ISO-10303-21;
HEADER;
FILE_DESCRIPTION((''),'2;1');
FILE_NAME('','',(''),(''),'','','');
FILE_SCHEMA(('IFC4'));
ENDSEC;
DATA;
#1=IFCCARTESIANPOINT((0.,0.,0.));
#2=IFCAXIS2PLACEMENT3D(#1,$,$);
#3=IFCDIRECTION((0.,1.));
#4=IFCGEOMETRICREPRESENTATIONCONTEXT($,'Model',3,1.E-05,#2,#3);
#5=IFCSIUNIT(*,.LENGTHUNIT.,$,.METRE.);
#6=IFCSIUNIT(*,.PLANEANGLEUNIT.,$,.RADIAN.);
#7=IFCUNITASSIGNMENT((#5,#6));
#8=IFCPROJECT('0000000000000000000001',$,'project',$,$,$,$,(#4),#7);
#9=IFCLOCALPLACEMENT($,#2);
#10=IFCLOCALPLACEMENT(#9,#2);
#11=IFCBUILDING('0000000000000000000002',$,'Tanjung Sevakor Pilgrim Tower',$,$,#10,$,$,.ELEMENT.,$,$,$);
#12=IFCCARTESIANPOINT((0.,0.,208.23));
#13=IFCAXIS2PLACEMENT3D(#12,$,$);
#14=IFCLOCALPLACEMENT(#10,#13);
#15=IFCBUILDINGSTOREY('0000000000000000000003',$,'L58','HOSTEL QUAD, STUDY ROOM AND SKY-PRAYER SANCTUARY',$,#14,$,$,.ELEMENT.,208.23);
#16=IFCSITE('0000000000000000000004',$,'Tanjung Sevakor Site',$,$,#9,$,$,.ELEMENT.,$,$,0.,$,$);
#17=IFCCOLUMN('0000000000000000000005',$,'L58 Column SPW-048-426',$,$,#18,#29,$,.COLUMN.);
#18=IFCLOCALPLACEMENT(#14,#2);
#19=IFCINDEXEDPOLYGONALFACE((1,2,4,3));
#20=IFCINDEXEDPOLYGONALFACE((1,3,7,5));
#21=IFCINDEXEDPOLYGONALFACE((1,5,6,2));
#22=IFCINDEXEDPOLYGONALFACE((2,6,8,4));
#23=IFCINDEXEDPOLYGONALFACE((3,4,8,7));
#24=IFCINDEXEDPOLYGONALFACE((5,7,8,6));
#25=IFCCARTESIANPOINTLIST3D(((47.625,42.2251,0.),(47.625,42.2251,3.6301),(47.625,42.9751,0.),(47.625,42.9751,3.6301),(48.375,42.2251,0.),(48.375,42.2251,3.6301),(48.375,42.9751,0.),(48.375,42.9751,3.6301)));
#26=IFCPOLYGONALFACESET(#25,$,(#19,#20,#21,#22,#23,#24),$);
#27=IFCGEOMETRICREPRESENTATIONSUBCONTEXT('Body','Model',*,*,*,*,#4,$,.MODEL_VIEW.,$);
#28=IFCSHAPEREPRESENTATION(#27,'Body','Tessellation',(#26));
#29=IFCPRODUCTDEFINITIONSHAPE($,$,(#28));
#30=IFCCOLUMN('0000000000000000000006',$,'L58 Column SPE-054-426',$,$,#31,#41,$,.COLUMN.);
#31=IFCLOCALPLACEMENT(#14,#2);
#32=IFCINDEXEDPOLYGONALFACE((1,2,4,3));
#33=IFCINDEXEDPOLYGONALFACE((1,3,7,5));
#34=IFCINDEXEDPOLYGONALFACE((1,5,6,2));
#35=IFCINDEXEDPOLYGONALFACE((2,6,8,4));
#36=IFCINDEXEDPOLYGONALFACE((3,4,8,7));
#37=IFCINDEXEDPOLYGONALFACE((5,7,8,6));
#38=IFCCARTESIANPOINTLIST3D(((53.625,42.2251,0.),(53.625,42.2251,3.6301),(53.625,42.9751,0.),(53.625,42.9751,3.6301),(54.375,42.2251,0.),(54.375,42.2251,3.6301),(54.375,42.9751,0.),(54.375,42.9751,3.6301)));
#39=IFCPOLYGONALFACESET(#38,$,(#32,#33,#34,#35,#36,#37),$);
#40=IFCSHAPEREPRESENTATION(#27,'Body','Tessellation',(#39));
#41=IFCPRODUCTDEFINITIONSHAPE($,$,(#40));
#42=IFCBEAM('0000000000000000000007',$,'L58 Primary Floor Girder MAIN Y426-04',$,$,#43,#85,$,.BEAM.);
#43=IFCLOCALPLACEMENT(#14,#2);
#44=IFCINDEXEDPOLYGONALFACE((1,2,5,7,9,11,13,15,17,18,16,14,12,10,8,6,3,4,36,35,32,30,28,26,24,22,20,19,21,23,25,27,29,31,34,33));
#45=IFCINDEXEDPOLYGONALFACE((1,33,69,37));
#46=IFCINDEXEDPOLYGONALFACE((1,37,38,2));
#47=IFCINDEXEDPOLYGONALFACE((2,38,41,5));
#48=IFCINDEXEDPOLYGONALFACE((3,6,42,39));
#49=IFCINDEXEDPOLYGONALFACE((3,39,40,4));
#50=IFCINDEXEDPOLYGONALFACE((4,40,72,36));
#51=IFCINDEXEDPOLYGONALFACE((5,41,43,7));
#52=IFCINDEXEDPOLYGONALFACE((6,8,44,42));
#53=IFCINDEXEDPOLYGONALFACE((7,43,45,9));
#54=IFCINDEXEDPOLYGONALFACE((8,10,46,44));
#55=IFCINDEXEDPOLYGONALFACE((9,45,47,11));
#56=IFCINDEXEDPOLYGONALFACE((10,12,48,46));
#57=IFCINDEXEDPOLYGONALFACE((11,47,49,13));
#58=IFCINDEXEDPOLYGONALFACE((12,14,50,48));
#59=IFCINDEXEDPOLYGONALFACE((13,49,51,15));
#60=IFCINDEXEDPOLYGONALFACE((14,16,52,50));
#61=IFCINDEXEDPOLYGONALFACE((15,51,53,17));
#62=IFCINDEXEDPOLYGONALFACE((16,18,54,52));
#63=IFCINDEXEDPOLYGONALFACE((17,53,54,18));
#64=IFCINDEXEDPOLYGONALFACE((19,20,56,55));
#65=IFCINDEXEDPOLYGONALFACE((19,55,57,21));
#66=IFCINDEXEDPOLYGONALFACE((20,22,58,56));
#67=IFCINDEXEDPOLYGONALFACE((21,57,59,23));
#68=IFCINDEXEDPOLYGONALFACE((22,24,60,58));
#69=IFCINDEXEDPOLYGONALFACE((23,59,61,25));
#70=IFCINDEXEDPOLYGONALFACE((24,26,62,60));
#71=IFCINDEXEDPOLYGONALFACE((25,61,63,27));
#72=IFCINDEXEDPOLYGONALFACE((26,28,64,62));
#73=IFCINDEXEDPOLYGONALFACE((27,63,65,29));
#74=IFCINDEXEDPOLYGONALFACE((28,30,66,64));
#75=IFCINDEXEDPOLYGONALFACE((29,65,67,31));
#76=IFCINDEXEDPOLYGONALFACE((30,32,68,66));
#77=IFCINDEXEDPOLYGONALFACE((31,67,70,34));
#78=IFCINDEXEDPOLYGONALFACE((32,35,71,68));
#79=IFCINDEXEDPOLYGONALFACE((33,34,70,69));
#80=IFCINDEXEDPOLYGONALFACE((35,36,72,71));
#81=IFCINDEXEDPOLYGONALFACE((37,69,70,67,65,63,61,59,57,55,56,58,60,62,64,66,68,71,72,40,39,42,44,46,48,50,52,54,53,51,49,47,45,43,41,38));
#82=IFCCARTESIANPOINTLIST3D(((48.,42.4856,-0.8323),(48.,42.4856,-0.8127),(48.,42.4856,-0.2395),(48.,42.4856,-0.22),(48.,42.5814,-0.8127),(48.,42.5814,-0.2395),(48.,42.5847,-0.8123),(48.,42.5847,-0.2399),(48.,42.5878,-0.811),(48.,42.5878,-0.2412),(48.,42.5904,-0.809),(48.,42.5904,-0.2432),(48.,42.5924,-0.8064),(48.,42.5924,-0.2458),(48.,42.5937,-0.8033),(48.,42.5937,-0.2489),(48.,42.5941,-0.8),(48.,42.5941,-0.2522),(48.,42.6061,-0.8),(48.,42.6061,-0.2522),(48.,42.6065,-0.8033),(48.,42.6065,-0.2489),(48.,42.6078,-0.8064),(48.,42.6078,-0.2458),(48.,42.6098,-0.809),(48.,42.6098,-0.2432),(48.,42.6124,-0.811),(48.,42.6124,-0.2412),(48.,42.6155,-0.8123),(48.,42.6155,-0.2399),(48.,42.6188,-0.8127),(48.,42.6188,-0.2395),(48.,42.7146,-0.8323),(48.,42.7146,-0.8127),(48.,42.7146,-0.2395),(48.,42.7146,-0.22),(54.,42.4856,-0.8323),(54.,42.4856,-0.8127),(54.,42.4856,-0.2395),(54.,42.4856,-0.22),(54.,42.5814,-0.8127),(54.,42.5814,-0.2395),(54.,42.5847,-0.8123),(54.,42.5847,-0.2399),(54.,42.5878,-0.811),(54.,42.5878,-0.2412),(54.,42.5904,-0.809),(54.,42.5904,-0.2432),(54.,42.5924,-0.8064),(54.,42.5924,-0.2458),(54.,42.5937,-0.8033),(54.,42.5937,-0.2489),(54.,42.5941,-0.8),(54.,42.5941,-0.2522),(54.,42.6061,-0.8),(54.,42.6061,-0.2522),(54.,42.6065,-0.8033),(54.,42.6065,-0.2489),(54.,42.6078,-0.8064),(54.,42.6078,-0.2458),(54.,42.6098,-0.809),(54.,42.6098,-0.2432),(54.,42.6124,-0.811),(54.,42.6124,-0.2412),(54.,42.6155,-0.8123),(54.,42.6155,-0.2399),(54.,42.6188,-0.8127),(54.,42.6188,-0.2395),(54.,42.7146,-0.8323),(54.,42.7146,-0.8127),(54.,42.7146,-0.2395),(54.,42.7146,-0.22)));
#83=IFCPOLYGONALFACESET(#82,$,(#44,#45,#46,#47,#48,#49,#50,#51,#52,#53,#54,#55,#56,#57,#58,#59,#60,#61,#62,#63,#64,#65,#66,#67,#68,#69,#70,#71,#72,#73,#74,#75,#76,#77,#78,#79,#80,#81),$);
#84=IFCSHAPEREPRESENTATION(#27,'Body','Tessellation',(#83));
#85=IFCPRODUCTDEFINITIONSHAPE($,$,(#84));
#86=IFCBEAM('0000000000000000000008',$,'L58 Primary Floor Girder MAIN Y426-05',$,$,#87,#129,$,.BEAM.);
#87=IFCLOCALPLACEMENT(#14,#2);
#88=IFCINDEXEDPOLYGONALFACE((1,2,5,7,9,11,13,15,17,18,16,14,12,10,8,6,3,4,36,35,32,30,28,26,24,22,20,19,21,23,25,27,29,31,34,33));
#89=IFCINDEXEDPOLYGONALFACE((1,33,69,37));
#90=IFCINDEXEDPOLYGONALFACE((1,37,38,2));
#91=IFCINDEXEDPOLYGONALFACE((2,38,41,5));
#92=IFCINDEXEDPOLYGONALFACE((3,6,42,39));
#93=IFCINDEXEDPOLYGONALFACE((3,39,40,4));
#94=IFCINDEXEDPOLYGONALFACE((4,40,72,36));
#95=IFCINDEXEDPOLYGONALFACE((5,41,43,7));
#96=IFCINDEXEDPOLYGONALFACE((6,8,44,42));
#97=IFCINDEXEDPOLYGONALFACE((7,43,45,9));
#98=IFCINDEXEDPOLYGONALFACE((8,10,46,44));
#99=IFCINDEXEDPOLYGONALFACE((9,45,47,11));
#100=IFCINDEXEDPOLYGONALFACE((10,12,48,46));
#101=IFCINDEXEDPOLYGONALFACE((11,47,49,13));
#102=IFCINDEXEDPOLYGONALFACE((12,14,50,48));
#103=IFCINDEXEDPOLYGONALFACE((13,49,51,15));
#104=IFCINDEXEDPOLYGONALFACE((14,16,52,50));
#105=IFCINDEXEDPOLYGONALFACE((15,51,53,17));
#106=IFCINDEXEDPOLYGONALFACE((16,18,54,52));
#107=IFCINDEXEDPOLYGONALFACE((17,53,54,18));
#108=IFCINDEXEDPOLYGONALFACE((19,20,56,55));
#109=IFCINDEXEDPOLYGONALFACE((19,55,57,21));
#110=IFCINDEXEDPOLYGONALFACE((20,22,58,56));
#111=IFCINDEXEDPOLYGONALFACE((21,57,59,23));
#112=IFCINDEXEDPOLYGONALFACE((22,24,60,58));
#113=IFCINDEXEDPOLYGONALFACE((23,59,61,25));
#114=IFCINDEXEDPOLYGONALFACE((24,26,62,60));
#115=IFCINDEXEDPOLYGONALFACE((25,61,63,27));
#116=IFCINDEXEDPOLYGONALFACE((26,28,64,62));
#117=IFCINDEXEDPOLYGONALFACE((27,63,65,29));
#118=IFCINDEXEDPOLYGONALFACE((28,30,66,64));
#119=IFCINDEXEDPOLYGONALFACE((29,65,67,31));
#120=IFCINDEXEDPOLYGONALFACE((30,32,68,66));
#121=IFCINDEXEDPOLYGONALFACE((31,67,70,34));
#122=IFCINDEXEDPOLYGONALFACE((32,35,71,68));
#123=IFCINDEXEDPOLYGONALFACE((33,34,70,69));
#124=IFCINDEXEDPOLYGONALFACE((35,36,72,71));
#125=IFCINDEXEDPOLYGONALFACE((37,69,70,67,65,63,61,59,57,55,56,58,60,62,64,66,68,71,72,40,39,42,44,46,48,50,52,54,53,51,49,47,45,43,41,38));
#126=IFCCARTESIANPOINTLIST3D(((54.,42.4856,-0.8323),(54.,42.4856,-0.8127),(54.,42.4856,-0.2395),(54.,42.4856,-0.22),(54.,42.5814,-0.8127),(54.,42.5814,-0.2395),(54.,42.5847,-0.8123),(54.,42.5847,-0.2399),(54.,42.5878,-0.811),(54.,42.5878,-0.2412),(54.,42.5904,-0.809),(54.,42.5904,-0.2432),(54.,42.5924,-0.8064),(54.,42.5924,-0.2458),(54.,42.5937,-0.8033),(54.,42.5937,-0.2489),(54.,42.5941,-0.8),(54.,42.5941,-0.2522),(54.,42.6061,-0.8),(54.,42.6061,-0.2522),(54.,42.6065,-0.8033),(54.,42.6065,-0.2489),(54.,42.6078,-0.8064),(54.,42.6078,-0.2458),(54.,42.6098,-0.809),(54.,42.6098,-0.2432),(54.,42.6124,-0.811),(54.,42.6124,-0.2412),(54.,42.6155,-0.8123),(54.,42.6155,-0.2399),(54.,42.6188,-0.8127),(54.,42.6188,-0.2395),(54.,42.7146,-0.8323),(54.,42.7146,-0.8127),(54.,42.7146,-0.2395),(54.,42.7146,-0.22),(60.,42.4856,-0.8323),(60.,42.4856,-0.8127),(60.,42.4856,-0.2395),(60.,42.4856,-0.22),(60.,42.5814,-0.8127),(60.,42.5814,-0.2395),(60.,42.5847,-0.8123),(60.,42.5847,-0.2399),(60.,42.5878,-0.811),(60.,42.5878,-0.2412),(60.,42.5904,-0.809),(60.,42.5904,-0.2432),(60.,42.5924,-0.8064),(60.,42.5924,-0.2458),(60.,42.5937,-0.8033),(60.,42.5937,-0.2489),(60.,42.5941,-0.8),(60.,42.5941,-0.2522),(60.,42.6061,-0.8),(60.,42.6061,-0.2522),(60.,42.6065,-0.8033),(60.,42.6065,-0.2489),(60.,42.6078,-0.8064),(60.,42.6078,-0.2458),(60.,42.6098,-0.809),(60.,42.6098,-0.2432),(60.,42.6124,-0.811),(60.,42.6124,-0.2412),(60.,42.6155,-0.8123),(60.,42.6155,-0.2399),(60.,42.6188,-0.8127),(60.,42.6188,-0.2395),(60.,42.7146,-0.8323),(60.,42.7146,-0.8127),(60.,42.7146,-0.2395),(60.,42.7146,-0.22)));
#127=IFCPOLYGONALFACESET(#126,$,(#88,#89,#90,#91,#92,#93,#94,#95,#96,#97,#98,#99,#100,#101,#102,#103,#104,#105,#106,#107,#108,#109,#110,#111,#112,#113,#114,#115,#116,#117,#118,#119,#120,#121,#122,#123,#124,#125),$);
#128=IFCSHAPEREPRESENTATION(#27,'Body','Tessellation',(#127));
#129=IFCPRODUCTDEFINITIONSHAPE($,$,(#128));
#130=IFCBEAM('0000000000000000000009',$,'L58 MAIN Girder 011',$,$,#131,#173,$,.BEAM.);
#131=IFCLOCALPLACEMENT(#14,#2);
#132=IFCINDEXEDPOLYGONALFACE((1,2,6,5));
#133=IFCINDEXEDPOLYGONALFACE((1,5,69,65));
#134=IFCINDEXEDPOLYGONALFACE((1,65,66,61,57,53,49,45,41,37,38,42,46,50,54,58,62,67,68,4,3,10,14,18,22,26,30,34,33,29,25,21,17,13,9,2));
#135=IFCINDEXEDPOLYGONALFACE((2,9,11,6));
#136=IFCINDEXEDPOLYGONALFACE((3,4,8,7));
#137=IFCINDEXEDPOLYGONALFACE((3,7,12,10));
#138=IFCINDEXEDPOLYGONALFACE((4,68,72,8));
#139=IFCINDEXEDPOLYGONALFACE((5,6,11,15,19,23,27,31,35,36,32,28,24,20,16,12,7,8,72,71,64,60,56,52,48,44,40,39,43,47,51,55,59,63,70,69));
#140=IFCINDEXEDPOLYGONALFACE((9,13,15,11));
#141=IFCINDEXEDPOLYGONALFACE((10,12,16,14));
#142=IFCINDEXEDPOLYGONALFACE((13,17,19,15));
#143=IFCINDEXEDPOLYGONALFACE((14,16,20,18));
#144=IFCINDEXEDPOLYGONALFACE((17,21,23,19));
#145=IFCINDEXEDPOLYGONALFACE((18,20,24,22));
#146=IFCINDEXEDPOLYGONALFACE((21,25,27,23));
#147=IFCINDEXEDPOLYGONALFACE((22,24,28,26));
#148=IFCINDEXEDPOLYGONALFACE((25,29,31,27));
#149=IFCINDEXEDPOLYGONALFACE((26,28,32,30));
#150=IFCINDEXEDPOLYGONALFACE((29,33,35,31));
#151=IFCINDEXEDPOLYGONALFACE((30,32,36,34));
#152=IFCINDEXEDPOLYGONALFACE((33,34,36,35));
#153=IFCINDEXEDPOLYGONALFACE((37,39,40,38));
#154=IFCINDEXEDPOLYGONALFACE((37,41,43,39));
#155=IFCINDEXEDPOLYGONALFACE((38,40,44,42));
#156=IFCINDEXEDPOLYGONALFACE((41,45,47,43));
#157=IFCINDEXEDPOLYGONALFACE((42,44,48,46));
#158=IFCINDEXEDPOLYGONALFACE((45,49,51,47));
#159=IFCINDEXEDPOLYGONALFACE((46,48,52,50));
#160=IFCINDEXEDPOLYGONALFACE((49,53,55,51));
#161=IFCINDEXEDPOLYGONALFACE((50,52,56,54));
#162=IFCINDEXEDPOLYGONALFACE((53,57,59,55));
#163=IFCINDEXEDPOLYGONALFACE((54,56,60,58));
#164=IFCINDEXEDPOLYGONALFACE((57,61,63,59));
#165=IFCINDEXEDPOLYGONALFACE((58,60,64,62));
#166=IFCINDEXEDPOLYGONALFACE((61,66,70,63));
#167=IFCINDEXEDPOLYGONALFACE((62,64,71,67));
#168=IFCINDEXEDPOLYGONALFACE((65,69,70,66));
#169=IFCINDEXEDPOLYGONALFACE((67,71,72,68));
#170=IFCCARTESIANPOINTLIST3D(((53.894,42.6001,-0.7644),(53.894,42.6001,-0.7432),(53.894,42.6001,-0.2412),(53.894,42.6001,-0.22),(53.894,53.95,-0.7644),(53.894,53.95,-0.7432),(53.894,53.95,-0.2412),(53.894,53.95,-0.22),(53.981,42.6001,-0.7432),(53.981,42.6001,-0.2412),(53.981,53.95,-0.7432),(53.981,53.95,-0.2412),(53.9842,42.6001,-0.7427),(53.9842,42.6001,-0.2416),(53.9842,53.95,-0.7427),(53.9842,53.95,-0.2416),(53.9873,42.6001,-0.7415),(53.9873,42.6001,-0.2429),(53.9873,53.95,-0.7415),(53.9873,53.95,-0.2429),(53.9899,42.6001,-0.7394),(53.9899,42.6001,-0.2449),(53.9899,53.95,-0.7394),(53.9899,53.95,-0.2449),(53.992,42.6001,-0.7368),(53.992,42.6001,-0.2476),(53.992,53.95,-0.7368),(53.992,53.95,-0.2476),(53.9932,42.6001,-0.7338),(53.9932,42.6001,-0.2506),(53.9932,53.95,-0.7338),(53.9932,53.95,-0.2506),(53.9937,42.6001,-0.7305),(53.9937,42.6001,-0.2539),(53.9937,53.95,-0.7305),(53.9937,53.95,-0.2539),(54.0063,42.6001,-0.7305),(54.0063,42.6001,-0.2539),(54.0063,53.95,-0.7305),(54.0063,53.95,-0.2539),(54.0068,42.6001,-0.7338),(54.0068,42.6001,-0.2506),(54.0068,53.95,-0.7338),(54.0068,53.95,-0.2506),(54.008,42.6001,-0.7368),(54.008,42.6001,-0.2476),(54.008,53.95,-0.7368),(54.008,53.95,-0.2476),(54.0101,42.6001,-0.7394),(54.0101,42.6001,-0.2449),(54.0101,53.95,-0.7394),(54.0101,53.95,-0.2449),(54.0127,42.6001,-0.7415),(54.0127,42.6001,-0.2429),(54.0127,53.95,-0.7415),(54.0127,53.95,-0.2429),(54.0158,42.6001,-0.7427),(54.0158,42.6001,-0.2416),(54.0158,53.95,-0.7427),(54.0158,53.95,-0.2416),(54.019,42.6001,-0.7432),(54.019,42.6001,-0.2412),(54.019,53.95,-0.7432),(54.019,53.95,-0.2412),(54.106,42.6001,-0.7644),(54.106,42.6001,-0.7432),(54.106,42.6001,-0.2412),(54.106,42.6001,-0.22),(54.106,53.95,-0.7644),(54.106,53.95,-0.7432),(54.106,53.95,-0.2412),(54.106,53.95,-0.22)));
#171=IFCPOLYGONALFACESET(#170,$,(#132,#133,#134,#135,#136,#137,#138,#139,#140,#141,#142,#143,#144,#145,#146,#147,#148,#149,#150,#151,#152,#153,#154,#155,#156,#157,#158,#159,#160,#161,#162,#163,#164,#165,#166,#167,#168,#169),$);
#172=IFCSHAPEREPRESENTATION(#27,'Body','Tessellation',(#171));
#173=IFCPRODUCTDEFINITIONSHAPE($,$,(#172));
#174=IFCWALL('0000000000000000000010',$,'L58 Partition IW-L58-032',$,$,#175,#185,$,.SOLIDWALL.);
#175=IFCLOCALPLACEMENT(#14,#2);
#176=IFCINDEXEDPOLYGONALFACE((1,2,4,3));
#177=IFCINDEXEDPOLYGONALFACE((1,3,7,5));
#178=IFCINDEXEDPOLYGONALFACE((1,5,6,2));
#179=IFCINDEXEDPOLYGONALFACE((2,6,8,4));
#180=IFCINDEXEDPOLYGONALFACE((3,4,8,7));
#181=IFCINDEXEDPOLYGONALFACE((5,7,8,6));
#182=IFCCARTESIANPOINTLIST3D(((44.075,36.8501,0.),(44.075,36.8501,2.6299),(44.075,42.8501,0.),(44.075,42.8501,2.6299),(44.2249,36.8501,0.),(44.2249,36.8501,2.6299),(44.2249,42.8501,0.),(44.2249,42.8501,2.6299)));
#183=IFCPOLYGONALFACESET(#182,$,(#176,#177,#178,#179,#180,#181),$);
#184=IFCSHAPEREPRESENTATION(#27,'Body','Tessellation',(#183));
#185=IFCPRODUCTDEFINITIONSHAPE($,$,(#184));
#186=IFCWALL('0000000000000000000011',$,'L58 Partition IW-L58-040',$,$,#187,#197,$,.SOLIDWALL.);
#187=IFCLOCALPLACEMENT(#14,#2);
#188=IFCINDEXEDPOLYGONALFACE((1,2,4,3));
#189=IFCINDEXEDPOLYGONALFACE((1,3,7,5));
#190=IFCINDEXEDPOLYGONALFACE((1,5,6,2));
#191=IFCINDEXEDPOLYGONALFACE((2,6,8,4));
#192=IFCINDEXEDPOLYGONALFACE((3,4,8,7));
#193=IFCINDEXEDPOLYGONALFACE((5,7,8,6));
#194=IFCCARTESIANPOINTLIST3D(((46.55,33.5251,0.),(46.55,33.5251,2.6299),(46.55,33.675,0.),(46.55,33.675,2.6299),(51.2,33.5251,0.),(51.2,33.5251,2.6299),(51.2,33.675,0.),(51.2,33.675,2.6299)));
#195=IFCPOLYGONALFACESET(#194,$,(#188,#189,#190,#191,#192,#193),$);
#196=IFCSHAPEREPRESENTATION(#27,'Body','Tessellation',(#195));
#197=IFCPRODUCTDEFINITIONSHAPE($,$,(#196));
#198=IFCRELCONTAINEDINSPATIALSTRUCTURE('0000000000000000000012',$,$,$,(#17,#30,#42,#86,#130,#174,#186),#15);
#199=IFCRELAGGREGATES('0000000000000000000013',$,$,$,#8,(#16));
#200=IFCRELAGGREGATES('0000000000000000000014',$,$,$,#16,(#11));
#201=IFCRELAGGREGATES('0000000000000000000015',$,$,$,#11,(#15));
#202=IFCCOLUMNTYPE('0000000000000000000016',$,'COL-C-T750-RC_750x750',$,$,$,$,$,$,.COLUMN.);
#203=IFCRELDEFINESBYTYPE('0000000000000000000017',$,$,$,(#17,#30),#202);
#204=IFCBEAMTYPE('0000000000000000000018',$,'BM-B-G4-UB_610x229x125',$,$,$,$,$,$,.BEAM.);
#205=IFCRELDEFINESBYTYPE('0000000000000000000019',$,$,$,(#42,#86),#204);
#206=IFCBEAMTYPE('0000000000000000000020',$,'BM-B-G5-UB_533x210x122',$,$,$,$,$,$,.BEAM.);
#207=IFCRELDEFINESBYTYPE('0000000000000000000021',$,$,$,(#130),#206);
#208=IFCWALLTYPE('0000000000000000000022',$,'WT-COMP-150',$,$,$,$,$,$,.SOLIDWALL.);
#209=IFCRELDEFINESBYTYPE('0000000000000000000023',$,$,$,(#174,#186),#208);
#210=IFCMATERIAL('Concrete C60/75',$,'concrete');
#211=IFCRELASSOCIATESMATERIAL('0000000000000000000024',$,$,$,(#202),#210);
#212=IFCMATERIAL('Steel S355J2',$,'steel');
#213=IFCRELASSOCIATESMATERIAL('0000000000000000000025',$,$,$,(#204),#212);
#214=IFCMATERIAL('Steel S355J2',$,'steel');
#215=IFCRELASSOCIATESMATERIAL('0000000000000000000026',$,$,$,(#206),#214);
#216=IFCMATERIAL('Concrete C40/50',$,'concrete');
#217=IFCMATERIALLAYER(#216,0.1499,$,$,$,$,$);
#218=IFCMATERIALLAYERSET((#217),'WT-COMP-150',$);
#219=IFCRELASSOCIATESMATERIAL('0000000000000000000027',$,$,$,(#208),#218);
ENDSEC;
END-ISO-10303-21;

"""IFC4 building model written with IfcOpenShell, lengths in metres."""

from ifc_helpers import new_model, si_unit, direction, frame, frame_2d, origin, origin_2d, place, context, subcontext, project, spatial, rectangle, i_section, extrude, material, layer, layer_set, material_profile, profile_set, type_object, element, save


model = new_model("IFC4")

# Units and contexts
model_context = context("Model", 3, precision=1e-05, world=origin(), true_north=direction((0.0, 1.0)))
body_context = subcontext(model_context, "Body", "Model", "MODEL_VIEW")
ifc_project = project(units=[si_unit("LENGTHUNIT", "METRE"), si_unit("PLANEANGLEUNIT", "RADIAN")], contexts=[model_context])

# Site, building, storey
site_placement = place(None, origin())
site = spatial("IfcSite", under=ifc_project, at=site_placement, Name="Tanjung Sevakor Site", CompositionType="ELEMENT", RefElevation=0.0)
building_placement = place(site_placement, origin())
building = spatial("IfcBuilding", under=site, at=building_placement, Name="Tanjung Sevakor Pilgrim Tower", CompositionType="ELEMENT")
storey_placement = place(building_placement, frame((0.0, 0.0, 208.23)))
storey = spatial("IfcBuildingStorey", under=building, at=storey_placement, Name="L58", Description="HOSTEL QUAD, STUDY ROOM AND SKY-PRAYER SANCTUARY", CompositionType="ELEMENT", Elevation=208.23)

# Columns
ifc_material_1 = material(Name="Concrete C60/75", Category="concrete")
ifc_material_profile_1 = material_profile(ifc_material_1, rectangle(XDim=0.75, YDim=0.75, at=origin_2d()))
ifc_profile_set_1 = profile_set([ifc_material_profile_1], Name="Concrete C60/75")
column_type = type_object("IfcColumnType", Name="COL-C-T750-RC_750x750", PredefinedType="COLUMN", material=ifc_profile_set_1)
for number, where, z_axis, x_axis, name in (
    (1, (48.0, 42.6001, 0.0), (0.0, 0.0, 1.0), (1.0, 0.0, 0.0), "L58 Column SPW-048-426"),
    (2, (54.0, 42.6001, 0.0), (0.0, 0.0, 1.0), (1.0, 0.0, 0.0), "L58 Column SPE-054-426"),
):
    element("IfcColumn", number, at=place(storey_placement, frame(where, z_axis=z_axis, x_axis=x_axis)), inside=storey, type_object=column_type, Name=name, PredefinedType="COLUMN", context=body_context, shape_type="SweptSolid", body=[
        extrude(rectangle(XDim=0.75, YDim=0.75, at=origin_2d()), origin(), (0.0, 0.0, 1.0), 3.6301),
    ])

# Beams
ifc_material_2 = material(Name="Steel S355J2", Category="steel")
ifc_material_profile_2 = material_profile(ifc_material_2, i_section(OverallWidth=0.229, OverallDepth=0.6123, WebThickness=0.012, FlangeThickness=0.0195, FilletRadius=0.0127, at=origin_2d()))
ifc_profile_set_2 = profile_set([ifc_material_profile_2], Name="Steel S355J2")
beam_type_1 = type_object("IfcBeamType", Name="BM-B-G4-UB_610x229x125", PredefinedType="BEAM", material=ifc_profile_set_2)
for number, where, z_axis, x_axis, name in (
    (3, (48.0, 42.6001, -0.5261), (1.0, 0.0, 0.0), (0.0, 1.0, 0.0), "L58 Primary Floor Girder MAIN Y426-04"),
    (4, (54.0, 42.6001, -0.5261), (1.0, 0.0, 0.0), (0.0, 1.0, 0.0), "L58 Primary Floor Girder MAIN Y426-05"),
):
    element("IfcBeam", number, at=place(storey_placement, frame(where, z_axis=z_axis, x_axis=x_axis)), inside=storey, type_object=beam_type_1, Name=name, PredefinedType="BEAM", context=body_context, shape_type="SweptSolid", body=[
        extrude(i_section(OverallWidth=0.229, OverallDepth=0.6123, WebThickness=0.012, FlangeThickness=0.0195, FilletRadius=0.0127, at=origin_2d()), origin(), (0.0, 0.0, 1.0), 6.0),
    ])
ifc_material_3 = material(Name="Steel S355J2", Category="steel")
ifc_material_profile_3 = material_profile(ifc_material_3, i_section(OverallWidth=0.2119, OverallDepth=0.5444, WebThickness=0.0127, FlangeThickness=0.0212, FilletRadius=0.0127, at=origin_2d()))
ifc_profile_set_3 = profile_set([ifc_material_profile_3], Name="Steel S355J2")
beam_type_2 = type_object("IfcBeamType", Name="BM-B-G5-UB_533x210x122", PredefinedType="BEAM", material=ifc_profile_set_3)
beam_placement = place(storey_placement, frame((54.0, 42.6001, -0.4922), z_axis=(0.0, 1.0, 0.0), x_axis=(-1.0, 0.0, 0.0)))
element("IfcBeam", 5, at=beam_placement, inside=storey, type_object=beam_type_2, Name="L58 MAIN Girder 011", PredefinedType="BEAM", context=body_context, shape_type="SweptSolid", body=[
    extrude(i_section(OverallWidth=0.2119, OverallDepth=0.5444, WebThickness=0.0127, FlangeThickness=0.0212, FilletRadius=0.0127, at=origin_2d()), origin(), (0.0, 0.0, 1.0), 11.3499),
])

# Walls
ifc_material_4 = material(Name="Concrete C40/50", Category="concrete")
ifc_layer_1 = layer(ifc_material_4, 0.1499)
ifc_layer_set_1 = layer_set([ifc_layer_1], Name="WT-COMP-150")
wall_type_1 = type_object("IfcWallType", Name="WT-COMP-150", PredefinedType="SOLIDWALL", material=ifc_layer_set_1)
wall_1_placement = place(storey_placement, frame((44.1499, 36.8501, 0.0), z_axis=(0.0, 0.0, 1.0), x_axis=(0.0, 1.0, 0.0)))
element("IfcWall", 6, at=wall_1_placement, inside=storey, type_object=wall_type_1, Name="L58 Partition IW-L58-032", PredefinedType="SOLIDWALL", context=body_context, shape_type="SweptSolid", body=[
    extrude(rectangle(XDim=6.0, YDim=0.1499, at=frame_2d((3.0, 0.0))), origin(), (0.0, 0.0, 1.0), 2.6299),
])
for number, where, z_axis, x_axis, name in (
    (7, (46.55, 33.6001, 0.0), (0.0, 0.0, 1.0), (1.0, 0.0, 0.0), "L58 Partition IW-L58-040"),
):
    element("IfcWall", number, at=place(storey_placement, frame(where, z_axis=z_axis, x_axis=x_axis)), inside=storey, type_object=wall_type_1, Name=name, PredefinedType="SOLIDWALL", context=body_context, shape_type="SweptSolid", body=[
        extrude(rectangle(XDim=4.6499, YDim=0.1499, at=frame_2d((2.325, 0.0))), origin(), (0.0, 0.0, 1.0), 2.6299),
    ])

save(model, "model.ifc")
